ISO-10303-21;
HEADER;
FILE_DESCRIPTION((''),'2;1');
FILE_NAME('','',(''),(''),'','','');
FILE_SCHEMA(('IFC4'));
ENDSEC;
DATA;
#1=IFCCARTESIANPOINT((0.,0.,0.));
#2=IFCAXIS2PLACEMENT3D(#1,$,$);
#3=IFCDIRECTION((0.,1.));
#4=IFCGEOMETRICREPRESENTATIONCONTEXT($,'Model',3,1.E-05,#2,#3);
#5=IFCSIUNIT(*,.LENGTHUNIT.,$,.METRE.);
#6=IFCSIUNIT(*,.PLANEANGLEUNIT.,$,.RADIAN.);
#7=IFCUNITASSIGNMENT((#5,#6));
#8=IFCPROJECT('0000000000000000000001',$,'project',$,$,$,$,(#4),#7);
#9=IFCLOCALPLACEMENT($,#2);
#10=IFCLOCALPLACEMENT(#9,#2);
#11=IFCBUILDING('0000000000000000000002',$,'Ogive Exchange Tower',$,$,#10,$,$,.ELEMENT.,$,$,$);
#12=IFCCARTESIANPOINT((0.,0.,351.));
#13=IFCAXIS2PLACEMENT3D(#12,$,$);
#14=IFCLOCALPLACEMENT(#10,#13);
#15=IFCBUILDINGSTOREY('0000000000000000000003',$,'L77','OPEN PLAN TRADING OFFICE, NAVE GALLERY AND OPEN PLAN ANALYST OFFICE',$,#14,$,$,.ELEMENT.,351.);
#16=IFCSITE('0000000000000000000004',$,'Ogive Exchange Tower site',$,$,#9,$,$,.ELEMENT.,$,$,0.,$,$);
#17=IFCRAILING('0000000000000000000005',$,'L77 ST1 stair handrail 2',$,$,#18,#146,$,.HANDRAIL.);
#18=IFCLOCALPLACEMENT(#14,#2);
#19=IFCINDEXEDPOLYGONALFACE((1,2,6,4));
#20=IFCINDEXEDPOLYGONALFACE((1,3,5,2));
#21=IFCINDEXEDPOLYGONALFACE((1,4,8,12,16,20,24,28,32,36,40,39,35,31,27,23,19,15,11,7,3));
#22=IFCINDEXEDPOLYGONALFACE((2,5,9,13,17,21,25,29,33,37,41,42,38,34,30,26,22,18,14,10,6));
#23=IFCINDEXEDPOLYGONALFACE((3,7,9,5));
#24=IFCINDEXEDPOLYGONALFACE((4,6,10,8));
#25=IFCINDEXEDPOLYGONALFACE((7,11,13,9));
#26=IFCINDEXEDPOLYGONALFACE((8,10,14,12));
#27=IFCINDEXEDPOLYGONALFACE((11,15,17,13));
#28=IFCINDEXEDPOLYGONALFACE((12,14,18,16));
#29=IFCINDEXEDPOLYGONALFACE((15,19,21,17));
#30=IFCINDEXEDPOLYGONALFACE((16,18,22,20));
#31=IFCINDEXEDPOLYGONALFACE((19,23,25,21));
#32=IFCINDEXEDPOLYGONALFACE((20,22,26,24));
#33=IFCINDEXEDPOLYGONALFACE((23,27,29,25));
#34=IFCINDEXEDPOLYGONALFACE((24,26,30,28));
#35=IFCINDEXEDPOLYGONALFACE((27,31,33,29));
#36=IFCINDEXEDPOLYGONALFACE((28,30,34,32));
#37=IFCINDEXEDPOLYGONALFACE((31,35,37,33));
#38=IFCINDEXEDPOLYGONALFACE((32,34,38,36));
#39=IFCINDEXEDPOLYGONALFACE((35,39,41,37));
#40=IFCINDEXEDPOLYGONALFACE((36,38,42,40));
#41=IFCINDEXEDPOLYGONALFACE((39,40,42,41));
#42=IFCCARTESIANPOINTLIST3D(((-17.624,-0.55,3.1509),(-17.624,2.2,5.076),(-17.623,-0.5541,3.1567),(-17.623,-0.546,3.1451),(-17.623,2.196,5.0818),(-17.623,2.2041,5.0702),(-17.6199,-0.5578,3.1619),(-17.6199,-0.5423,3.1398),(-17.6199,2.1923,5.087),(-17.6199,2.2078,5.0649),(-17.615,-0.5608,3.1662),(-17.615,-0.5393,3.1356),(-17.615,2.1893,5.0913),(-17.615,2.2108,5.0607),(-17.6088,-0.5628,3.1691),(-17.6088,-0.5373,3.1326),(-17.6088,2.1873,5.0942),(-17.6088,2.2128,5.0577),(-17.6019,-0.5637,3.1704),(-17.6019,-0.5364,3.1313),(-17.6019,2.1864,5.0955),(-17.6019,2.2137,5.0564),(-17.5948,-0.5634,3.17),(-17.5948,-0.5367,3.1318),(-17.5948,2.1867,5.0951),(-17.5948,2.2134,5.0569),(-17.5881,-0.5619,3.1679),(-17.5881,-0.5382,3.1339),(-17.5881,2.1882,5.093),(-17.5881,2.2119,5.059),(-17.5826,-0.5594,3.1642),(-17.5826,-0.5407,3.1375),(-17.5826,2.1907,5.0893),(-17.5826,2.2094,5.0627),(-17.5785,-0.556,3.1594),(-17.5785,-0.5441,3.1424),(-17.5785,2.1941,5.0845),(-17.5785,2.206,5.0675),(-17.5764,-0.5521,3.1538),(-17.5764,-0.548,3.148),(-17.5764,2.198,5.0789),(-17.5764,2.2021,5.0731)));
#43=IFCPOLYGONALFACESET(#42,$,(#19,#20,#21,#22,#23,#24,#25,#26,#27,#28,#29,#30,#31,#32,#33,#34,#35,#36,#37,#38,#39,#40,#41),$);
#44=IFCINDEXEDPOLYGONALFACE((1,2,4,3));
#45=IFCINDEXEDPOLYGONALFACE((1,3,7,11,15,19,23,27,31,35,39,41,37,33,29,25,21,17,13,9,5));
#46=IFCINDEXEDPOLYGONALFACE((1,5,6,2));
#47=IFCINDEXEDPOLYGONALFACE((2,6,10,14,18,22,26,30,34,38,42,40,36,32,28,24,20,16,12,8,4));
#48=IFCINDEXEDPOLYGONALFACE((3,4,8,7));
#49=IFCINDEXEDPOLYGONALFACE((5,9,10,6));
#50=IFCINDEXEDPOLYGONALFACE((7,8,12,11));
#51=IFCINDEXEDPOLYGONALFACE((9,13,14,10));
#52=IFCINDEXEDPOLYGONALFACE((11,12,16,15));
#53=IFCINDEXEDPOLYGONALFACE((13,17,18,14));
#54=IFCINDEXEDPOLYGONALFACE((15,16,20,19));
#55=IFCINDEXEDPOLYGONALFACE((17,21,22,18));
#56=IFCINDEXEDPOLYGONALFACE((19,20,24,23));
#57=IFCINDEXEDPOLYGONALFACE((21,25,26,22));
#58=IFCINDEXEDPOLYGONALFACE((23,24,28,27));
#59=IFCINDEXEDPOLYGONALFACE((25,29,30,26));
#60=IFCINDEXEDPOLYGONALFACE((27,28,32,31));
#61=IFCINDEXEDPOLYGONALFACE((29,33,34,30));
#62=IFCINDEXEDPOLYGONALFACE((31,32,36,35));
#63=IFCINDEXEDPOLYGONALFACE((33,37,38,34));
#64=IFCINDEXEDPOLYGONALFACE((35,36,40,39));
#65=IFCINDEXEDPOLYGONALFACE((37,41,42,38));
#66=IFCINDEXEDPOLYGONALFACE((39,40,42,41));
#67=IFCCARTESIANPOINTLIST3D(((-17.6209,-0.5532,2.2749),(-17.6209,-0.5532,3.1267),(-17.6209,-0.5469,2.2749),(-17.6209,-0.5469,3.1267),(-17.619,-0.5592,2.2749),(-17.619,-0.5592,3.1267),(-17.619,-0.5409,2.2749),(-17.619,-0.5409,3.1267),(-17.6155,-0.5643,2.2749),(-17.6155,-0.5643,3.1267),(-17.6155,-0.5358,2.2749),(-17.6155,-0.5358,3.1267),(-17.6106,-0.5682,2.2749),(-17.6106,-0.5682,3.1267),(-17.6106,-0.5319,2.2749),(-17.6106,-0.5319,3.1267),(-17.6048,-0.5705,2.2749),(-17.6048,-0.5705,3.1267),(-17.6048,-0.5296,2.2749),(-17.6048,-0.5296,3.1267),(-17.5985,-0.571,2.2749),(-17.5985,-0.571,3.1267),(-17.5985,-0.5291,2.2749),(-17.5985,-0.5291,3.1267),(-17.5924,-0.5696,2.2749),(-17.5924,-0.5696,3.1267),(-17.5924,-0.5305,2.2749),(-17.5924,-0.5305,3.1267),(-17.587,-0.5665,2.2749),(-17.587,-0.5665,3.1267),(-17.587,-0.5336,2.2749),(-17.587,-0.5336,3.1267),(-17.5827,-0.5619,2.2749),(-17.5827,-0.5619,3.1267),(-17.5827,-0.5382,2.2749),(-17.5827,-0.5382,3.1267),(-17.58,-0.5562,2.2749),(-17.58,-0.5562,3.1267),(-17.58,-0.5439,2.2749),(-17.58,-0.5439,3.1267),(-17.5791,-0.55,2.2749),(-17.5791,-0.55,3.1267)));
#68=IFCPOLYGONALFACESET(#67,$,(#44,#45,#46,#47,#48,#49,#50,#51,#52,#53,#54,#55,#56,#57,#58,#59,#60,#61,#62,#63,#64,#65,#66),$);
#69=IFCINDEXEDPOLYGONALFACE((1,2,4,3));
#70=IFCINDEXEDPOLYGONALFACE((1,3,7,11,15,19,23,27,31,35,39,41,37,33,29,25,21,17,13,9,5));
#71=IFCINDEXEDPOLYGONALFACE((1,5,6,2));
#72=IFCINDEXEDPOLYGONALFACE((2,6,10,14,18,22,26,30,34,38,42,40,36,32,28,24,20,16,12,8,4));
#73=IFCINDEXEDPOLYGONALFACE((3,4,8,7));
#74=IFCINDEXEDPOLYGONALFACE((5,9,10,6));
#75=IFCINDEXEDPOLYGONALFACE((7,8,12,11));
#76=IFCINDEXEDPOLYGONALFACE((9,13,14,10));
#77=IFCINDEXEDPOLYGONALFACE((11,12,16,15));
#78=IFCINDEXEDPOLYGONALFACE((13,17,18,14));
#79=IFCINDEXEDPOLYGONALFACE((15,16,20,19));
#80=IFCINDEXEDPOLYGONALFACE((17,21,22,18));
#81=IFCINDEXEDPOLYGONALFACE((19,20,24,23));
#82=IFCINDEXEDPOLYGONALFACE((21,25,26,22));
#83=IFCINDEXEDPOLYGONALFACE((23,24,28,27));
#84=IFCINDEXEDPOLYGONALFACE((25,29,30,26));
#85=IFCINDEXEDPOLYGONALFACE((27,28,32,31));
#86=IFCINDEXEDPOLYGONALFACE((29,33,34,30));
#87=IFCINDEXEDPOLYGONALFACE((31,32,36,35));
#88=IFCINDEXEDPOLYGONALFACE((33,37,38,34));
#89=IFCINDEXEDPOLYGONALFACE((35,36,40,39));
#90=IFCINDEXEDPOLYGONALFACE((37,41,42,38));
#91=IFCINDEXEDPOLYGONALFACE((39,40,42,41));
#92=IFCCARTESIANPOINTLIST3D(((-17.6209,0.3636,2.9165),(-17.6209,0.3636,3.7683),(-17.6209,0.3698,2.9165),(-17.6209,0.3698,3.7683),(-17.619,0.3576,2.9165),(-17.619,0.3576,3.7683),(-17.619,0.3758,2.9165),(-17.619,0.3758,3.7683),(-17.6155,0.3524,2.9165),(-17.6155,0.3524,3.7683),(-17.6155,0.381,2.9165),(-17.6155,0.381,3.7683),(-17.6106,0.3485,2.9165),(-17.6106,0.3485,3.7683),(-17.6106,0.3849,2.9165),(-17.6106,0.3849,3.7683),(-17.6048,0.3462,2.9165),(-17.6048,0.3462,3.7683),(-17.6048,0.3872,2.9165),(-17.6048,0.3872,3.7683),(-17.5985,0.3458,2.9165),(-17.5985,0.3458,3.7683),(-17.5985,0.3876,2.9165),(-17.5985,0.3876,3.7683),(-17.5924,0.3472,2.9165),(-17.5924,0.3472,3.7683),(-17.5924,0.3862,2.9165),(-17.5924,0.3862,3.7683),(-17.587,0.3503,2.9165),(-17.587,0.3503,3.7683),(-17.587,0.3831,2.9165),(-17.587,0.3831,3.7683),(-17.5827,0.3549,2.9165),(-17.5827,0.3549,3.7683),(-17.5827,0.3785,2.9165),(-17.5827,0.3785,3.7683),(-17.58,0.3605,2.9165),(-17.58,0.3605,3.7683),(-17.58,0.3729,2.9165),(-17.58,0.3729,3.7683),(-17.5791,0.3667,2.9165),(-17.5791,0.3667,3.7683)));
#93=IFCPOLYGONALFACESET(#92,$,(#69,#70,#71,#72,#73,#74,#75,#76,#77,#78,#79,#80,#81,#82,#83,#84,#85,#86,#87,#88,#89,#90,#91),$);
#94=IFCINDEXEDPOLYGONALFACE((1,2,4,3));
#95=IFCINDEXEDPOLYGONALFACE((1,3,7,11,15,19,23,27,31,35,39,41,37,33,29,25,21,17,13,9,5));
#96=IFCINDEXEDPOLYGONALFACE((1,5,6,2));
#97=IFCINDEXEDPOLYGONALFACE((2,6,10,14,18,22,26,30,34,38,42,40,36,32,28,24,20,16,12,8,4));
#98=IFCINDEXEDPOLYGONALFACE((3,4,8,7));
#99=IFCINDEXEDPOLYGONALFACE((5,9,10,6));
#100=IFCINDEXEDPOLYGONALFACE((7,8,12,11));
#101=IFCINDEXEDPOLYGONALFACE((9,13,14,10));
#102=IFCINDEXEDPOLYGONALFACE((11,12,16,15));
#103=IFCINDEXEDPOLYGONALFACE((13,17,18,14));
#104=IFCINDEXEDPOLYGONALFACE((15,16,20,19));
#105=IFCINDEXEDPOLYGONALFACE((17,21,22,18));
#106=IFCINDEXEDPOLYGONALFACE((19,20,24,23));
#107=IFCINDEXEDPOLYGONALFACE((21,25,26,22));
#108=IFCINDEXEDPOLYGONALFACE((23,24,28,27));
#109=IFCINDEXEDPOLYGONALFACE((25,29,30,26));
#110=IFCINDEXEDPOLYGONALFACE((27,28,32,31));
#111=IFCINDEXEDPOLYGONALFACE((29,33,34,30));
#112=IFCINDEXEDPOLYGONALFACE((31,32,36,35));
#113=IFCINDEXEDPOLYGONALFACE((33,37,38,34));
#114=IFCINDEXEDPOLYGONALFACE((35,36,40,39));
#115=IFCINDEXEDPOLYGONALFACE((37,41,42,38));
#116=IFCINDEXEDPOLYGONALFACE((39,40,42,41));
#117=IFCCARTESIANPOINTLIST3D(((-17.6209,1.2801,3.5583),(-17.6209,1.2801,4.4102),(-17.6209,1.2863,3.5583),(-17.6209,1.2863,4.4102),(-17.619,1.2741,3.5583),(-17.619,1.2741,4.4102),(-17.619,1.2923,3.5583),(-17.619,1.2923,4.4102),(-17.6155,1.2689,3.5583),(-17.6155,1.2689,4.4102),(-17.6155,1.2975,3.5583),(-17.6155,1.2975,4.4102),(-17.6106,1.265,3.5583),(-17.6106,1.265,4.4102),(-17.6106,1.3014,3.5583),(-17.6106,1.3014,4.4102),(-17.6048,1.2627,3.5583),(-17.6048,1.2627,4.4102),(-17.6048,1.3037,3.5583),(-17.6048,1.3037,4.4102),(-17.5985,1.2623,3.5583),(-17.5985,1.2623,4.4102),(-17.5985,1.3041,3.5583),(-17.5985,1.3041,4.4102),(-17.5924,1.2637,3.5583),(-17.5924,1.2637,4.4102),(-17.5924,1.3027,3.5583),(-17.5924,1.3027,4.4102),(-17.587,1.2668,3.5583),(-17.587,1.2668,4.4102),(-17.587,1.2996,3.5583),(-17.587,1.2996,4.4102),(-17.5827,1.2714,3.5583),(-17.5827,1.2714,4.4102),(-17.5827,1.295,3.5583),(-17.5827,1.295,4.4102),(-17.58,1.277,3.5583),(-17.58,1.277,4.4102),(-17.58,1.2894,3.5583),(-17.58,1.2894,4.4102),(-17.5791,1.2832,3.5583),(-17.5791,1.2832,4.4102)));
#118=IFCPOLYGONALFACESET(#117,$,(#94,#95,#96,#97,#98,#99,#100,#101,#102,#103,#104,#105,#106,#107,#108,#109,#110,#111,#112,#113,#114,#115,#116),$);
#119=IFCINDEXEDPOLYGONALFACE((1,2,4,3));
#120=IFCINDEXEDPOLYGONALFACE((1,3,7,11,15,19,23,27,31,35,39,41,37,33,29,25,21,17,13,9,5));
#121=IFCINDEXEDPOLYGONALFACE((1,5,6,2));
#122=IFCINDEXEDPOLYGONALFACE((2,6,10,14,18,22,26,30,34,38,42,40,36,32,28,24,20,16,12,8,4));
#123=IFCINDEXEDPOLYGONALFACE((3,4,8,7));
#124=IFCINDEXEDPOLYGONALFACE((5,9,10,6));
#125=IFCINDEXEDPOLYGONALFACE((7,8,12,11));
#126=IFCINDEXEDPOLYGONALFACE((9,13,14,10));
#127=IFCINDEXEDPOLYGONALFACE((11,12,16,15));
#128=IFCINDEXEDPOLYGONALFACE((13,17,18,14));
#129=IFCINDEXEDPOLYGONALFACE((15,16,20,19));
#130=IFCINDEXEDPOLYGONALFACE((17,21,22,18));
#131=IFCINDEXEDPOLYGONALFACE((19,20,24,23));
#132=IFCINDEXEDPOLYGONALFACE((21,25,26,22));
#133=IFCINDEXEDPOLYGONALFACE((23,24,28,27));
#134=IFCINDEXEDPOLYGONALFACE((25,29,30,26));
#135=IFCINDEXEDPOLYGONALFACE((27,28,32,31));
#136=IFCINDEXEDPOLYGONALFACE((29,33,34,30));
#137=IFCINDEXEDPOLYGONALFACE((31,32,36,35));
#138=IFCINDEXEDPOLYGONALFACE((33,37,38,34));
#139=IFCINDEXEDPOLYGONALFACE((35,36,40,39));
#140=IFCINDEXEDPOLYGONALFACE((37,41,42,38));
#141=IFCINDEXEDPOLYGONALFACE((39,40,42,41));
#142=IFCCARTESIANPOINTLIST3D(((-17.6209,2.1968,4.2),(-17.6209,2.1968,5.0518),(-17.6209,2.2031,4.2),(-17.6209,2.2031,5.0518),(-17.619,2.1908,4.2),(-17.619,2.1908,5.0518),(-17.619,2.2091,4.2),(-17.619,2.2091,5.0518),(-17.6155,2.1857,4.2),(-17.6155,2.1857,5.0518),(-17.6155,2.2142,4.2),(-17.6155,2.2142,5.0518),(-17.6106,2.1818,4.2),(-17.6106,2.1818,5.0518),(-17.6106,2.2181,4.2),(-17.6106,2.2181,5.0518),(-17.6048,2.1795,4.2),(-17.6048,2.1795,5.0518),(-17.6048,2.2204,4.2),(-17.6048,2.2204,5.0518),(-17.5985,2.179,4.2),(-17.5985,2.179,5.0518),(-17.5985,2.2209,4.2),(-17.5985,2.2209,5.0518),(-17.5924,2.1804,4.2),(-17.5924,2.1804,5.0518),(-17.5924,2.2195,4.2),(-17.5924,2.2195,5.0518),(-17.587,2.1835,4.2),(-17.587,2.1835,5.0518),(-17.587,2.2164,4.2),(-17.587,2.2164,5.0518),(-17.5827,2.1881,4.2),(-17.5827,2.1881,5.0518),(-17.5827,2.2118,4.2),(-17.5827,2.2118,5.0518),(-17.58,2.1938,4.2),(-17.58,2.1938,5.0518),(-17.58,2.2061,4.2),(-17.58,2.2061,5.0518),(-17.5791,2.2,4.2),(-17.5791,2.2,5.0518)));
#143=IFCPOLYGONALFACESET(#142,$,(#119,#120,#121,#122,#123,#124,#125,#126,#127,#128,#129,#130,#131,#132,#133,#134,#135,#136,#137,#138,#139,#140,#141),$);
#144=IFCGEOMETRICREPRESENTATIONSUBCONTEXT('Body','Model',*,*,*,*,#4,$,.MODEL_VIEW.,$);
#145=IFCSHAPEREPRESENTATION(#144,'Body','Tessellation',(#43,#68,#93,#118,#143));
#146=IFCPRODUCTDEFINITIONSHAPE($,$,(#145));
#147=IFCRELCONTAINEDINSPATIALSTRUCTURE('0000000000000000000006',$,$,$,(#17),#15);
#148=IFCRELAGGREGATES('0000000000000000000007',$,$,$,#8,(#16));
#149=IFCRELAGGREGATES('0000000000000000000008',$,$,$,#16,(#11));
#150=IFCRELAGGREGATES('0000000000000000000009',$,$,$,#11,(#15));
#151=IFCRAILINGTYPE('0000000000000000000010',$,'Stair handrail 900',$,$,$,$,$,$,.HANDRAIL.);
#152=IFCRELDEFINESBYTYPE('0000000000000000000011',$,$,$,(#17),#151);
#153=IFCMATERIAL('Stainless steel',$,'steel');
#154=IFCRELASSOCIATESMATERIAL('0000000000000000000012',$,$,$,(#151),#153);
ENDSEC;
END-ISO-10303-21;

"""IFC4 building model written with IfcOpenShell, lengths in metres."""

from ifc_helpers import new_model, si_unit, direction, frame, origin, origin_2d, place, context, subcontext, project, spatial, circle, extrude, material, type_object, element, save


model = new_model("IFC4")

# Units and contexts
model_context = context("Model", 3, precision=1e-05, world=origin(), true_north=direction((0.0, 1.0)))
body_context = subcontext(model_context, "Body", "Model", "MODEL_VIEW")
ifc_project = project(units=[si_unit("LENGTHUNIT", "METRE"), si_unit("PLANEANGLEUNIT", "RADIAN")], contexts=[model_context])

# Site, building, storey
site_placement = place(None, origin())
site = spatial("IfcSite", under=ifc_project, at=site_placement, Name="Ogive Exchange Tower site", CompositionType="ELEMENT", RefElevation=0.0)
building_placement = place(site_placement, origin())
building = spatial("IfcBuilding", under=site, at=building_placement, Name="Ogive Exchange Tower", CompositionType="ELEMENT")
storey_placement = place(building_placement, frame((0.0, 0.0, 351.0)))
storey = spatial("IfcBuildingStorey", under=building, at=storey_placement, Name="L77", Description="OPEN PLAN TRADING OFFICE, NAVE GALLERY AND OPEN PLAN ANALYST OFFICE", CompositionType="ELEMENT", Elevation=351.0)

# Shared definitions
ifc_material_1 = material(Name="Stainless steel", Category="steel")

# Railing
railing_type = type_object("IfcRailingType", Name="Stair handrail 900", PredefinedType="HANDRAIL", material=ifc_material_1)
railing_placement = place(storey_placement, frame((-17.6001, -0.55, 2.2749)))
element("IfcRailing", 1, at=railing_placement, inside=storey, type_object=railing_type, Name="L77 ST1 stair handrail 2", PredefinedType="HANDRAIL", context=body_context, shape_type="SweptSolid", body=[
    extrude(circle(Radius=0.0239, at=origin_2d()), frame((0.0, 0.0, 0.876), z_axis=(0.0, 0.819225, 0.573472), x_axis=(-1.0, 0.0, 0.0)), (0.0, 0.0, 1.0), 3.3569),
    extrude(circle(Radius=0.021, at=origin_2d()), origin(), (0.0, 0.0, 1.0), 0.8518),
    extrude(circle(Radius=0.021, at=origin_2d()), frame((0.0, 0.9167, 0.6416)), (0.0, 0.0, 1.0), 0.8518),
    extrude(circle(Radius=0.021, at=origin_2d()), frame((0.0, 1.8333, 1.2834)), (0.0, 0.0, 1.0), 0.8518),
    extrude(circle(Radius=0.021, at=origin_2d()), frame((0.0, 2.75, 1.925)), (0.0, 0.0, 1.0), 0.8518),
])

save(model, "model.ifc")
